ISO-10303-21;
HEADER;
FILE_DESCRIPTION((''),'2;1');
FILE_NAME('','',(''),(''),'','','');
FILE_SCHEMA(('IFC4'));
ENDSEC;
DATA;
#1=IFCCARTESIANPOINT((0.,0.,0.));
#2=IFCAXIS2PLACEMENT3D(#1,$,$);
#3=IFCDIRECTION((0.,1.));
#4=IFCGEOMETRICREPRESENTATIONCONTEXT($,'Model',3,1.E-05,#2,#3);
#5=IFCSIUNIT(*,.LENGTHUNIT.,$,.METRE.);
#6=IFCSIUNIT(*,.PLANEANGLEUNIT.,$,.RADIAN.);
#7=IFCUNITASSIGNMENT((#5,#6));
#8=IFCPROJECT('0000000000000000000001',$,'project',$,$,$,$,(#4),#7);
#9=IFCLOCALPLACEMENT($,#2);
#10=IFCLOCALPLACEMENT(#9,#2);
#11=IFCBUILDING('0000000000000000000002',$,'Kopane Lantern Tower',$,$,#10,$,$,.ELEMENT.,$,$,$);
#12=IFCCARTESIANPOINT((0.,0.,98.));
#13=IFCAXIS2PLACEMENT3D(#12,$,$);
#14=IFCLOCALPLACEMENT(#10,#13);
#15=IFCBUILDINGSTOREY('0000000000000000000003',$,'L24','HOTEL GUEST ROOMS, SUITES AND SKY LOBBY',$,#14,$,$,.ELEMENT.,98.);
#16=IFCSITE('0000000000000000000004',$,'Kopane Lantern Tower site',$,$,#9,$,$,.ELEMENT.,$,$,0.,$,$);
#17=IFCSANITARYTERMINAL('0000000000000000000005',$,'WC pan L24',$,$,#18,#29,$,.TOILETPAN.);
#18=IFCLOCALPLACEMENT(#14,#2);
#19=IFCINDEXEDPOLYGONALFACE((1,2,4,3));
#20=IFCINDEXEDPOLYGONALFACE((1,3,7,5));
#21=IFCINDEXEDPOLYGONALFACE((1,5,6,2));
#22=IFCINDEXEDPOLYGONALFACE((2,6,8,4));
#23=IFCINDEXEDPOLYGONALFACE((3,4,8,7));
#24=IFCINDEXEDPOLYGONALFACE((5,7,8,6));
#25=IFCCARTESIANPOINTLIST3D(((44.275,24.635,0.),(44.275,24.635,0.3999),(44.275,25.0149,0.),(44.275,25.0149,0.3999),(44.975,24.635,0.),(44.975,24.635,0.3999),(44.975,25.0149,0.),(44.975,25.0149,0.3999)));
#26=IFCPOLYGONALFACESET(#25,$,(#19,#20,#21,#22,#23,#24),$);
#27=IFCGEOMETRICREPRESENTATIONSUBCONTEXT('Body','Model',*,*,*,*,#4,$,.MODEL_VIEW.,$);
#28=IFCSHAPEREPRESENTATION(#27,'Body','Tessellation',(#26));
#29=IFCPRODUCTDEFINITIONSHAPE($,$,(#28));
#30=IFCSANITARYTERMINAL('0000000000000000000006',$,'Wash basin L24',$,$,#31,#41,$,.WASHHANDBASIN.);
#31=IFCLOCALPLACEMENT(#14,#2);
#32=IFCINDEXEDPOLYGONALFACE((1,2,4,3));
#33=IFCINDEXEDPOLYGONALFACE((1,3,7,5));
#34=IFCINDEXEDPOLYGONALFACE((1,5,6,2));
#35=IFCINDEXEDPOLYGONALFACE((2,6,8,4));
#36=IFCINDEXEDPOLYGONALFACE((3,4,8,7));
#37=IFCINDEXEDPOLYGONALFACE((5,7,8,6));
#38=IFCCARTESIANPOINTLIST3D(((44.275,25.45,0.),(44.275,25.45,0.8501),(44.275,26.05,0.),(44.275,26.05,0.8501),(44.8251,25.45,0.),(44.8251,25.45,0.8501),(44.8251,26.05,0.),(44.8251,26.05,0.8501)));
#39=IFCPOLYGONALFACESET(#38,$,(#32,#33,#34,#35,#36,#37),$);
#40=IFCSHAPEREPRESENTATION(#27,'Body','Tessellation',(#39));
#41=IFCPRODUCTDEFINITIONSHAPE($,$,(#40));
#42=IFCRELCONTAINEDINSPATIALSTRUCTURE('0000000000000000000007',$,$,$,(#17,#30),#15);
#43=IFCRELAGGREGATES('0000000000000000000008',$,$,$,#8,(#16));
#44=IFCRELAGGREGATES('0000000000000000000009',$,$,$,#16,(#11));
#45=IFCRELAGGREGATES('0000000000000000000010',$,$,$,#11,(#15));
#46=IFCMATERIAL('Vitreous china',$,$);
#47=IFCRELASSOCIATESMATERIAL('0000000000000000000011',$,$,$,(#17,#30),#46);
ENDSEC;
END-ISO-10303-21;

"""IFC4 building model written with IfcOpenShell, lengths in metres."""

from ifc_helpers import new_model, si_unit, direction, frame, origin, origin_2d, place, context, subcontext, project, spatial, rectangle, extrude, material, element, save


model = new_model("IFC4")

# Units and contexts
model_context = context("Model", 3, precision=1e-05, world=origin(), true_north=direction((0.0, 1.0)))
body_context = subcontext(model_context, "Body", "Model", "MODEL_VIEW")
ifc_project = project(units=[si_unit("LENGTHUNIT", "METRE"), si_unit("PLANEANGLEUNIT", "RADIAN")], contexts=[model_context])

# Site, building, storey
site_placement = place(None, origin())
site = spatial("IfcSite", under=ifc_project, at=site_placement, Name="Kopane Lantern Tower site", CompositionType="ELEMENT", RefElevation=0.0)
building_placement = place(site_placement, origin())
building = spatial("IfcBuilding", under=site, at=building_placement, Name="Kopane Lantern Tower", CompositionType="ELEMENT")
storey_placement = place(building_placement, frame((0.0, 0.0, 98.0)))
storey = spatial("IfcBuildingStorey", under=building, at=storey_placement, Name="L24", Description="HOTEL GUEST ROOMS, SUITES AND SKY LOBBY", CompositionType="ELEMENT", Elevation=98.0)

# Sanitary terminals
ifc_material_1 = material(Name="Vitreous china")
sanitary_terminal_1_placement = place(storey_placement, frame((44.625, 24.825, 0.0), z_axis=(0.0, 0.0, 1.0), x_axis=(1.0, 0.0, 0.0)))
element("IfcSanitaryTerminal", 1, at=sanitary_terminal_1_placement, inside=storey, material=ifc_material_1, Name="WC pan L24", PredefinedType="TOILETPAN", context=body_context, shape_type="SweptSolid", body=[
    extrude(rectangle(XDim=0.7, YDim=0.3799, at=origin_2d()), origin(), (0.0, 0.0, 1.0), 0.3999),
])
sanitary_terminal_2_placement = place(storey_placement, frame((44.55, 25.75, 0.0), z_axis=(0.0, 0.0, 1.0), x_axis=(1.0, 0.0, 0.0)))
element("IfcSanitaryTerminal", 2, at=sanitary_terminal_2_placement, inside=storey, material=ifc_material_1, Name="Wash basin L24", PredefinedType="WASHHANDBASIN", context=body_context, shape_type="SweptSolid", body=[
    extrude(rectangle(XDim=0.55, YDim=0.6001, at=origin_2d()), origin(), (0.0, 0.0, 1.0), 0.8501),
])

save(model, "model.ifc")
